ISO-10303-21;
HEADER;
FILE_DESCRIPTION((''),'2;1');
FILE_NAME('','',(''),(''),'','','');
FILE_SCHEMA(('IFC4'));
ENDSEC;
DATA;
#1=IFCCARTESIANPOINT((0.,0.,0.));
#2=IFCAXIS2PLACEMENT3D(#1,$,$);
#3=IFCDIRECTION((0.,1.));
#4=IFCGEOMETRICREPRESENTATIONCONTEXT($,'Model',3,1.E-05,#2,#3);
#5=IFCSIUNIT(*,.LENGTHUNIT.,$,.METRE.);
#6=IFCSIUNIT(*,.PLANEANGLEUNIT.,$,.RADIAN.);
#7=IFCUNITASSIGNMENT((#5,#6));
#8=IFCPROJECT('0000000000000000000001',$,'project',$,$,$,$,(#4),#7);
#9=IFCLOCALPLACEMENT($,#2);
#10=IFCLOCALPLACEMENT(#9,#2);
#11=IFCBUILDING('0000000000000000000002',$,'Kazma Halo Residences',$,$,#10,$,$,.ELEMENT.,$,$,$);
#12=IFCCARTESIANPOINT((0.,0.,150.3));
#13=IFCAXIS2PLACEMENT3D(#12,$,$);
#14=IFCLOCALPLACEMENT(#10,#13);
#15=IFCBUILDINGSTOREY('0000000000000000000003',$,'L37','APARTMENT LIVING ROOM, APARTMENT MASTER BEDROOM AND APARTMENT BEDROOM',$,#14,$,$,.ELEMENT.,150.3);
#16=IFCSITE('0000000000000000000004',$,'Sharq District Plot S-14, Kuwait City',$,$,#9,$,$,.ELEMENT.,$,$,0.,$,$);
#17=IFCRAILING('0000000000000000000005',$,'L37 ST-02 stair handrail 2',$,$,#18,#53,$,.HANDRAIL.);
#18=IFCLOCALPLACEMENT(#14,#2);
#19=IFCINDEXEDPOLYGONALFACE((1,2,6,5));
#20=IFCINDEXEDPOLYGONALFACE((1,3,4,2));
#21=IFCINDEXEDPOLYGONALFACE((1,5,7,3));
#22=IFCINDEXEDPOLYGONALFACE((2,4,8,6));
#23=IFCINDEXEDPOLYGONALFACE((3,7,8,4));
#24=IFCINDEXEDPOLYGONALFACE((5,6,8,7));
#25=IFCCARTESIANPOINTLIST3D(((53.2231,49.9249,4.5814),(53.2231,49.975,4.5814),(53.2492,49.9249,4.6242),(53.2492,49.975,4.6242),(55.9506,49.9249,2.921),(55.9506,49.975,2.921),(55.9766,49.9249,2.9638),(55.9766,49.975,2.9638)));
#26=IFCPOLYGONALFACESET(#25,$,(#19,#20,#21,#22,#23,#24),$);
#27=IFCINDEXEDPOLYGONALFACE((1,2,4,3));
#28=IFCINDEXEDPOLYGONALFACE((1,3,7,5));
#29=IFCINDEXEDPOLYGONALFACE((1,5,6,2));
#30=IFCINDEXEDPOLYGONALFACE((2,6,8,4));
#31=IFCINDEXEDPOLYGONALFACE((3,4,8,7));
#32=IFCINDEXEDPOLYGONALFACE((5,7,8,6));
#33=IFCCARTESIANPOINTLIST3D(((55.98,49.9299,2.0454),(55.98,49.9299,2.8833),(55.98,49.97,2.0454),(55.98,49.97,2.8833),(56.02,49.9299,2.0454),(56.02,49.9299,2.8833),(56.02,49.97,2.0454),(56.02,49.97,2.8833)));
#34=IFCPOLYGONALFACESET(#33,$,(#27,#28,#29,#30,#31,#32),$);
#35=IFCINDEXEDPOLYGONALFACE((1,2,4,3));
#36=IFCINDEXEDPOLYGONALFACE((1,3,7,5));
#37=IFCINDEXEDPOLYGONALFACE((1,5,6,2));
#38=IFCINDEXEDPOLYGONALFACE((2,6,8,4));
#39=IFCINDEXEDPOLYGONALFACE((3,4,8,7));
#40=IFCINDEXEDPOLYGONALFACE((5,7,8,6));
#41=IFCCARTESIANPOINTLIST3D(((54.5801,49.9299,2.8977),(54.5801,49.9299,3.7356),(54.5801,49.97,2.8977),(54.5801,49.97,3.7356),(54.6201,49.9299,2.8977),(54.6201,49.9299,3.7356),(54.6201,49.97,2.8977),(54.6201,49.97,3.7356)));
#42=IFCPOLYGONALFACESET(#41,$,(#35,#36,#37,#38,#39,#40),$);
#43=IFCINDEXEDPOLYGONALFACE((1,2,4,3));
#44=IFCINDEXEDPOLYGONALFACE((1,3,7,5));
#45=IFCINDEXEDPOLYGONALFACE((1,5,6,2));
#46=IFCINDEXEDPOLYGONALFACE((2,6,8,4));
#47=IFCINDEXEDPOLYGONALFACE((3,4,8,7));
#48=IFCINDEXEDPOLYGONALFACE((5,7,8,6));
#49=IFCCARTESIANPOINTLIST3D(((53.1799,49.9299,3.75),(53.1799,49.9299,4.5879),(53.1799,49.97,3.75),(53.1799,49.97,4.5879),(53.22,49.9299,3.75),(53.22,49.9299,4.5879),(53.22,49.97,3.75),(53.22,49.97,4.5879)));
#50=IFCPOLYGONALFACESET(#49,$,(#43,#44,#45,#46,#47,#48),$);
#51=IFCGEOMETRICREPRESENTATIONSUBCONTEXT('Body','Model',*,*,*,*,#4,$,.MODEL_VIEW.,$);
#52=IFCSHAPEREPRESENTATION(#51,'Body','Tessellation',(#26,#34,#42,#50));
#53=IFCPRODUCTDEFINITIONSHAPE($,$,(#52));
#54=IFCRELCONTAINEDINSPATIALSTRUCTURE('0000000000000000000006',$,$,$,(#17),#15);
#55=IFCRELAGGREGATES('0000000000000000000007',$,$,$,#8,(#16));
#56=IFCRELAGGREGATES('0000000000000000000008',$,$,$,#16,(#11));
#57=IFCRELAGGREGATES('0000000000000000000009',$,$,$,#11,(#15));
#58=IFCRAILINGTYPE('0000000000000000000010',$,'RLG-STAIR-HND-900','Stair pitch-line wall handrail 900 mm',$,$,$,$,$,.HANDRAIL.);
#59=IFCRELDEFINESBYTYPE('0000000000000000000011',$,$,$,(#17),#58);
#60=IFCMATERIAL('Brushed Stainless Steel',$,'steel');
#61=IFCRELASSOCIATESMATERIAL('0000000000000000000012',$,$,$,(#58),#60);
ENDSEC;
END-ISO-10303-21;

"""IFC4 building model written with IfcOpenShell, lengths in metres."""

from ifc_helpers import new_model, si_unit, direction, frame, origin, origin_2d, place, context, subcontext, project, spatial, rectangle, extrude, material, type_object, element, save


model = new_model("IFC4")

# Units and contexts
model_context = context("Model", 3, precision=1e-05, world=origin(), true_north=direction((0.0, 1.0)))
body_context = subcontext(model_context, "Body", "Model", "MODEL_VIEW")
ifc_project = project(units=[si_unit("LENGTHUNIT", "METRE"), si_unit("PLANEANGLEUNIT", "RADIAN")], contexts=[model_context])

# Site, building, storey
site_placement = place(None, origin())
site = spatial("IfcSite", under=ifc_project, at=site_placement, Name="Sharq District Plot S-14, Kuwait City", CompositionType="ELEMENT", RefElevation=0.0)
building_placement = place(site_placement, origin())
building = spatial("IfcBuilding", under=site, at=building_placement, Name="Kazma Halo Residences", CompositionType="ELEMENT")
storey_placement = place(building_placement, frame((0.0, 0.0, 150.3)))
storey = spatial("IfcBuildingStorey", under=building, at=storey_placement, Name="L37", Description="APARTMENT LIVING ROOM, APARTMENT MASTER BEDROOM AND APARTMENT BEDROOM", CompositionType="ELEMENT", Elevation=150.3)

# Railing
ifc_material_1 = material(Name="Brushed Stainless Steel", Category="steel")
railing_type_1 = type_object("IfcRailingType", Name="RLG-STAIR-HND-900", Description="Stair pitch-line wall handrail 900 mm", PredefinedType="HANDRAIL", material=ifc_material_1)
railing_1_placement = place(storey_placement, frame((56.0, 49.95, 2.0454)))
element("IfcRailing", 1, at=railing_1_placement, inside=storey, type_object=railing_type_1, Name="L37 ST-02 stair handrail 2", PredefinedType="HANDRAIL", context=body_context, shape_type="SweptSolid", body=[
    extrude(rectangle(XDim=0.05, YDim=0.05, at=origin_2d()), frame((-0.0364, 0.0, 0.897), z_axis=(-0.85417, 0.0, 0.519994), x_axis=(0.0, -1.0, 0.0)), (0.0, 0.0, 1.0), 3.1931),
    extrude(rectangle(XDim=0.04, YDim=0.04, at=origin_2d()), origin(), (0.0, 0.0, 1.0), 0.8379),
    extrude(rectangle(XDim=0.04, YDim=0.04, at=origin_2d()), frame((-1.3999, 0.0, 0.8523)), (0.0, 0.0, 1.0), 0.8379),
    extrude(rectangle(XDim=0.04, YDim=0.04, at=origin_2d()), frame((-2.8, 0.0, 1.7046)), (0.0, 0.0, 1.0), 0.8379),
])

save(model, "model.ifc")
